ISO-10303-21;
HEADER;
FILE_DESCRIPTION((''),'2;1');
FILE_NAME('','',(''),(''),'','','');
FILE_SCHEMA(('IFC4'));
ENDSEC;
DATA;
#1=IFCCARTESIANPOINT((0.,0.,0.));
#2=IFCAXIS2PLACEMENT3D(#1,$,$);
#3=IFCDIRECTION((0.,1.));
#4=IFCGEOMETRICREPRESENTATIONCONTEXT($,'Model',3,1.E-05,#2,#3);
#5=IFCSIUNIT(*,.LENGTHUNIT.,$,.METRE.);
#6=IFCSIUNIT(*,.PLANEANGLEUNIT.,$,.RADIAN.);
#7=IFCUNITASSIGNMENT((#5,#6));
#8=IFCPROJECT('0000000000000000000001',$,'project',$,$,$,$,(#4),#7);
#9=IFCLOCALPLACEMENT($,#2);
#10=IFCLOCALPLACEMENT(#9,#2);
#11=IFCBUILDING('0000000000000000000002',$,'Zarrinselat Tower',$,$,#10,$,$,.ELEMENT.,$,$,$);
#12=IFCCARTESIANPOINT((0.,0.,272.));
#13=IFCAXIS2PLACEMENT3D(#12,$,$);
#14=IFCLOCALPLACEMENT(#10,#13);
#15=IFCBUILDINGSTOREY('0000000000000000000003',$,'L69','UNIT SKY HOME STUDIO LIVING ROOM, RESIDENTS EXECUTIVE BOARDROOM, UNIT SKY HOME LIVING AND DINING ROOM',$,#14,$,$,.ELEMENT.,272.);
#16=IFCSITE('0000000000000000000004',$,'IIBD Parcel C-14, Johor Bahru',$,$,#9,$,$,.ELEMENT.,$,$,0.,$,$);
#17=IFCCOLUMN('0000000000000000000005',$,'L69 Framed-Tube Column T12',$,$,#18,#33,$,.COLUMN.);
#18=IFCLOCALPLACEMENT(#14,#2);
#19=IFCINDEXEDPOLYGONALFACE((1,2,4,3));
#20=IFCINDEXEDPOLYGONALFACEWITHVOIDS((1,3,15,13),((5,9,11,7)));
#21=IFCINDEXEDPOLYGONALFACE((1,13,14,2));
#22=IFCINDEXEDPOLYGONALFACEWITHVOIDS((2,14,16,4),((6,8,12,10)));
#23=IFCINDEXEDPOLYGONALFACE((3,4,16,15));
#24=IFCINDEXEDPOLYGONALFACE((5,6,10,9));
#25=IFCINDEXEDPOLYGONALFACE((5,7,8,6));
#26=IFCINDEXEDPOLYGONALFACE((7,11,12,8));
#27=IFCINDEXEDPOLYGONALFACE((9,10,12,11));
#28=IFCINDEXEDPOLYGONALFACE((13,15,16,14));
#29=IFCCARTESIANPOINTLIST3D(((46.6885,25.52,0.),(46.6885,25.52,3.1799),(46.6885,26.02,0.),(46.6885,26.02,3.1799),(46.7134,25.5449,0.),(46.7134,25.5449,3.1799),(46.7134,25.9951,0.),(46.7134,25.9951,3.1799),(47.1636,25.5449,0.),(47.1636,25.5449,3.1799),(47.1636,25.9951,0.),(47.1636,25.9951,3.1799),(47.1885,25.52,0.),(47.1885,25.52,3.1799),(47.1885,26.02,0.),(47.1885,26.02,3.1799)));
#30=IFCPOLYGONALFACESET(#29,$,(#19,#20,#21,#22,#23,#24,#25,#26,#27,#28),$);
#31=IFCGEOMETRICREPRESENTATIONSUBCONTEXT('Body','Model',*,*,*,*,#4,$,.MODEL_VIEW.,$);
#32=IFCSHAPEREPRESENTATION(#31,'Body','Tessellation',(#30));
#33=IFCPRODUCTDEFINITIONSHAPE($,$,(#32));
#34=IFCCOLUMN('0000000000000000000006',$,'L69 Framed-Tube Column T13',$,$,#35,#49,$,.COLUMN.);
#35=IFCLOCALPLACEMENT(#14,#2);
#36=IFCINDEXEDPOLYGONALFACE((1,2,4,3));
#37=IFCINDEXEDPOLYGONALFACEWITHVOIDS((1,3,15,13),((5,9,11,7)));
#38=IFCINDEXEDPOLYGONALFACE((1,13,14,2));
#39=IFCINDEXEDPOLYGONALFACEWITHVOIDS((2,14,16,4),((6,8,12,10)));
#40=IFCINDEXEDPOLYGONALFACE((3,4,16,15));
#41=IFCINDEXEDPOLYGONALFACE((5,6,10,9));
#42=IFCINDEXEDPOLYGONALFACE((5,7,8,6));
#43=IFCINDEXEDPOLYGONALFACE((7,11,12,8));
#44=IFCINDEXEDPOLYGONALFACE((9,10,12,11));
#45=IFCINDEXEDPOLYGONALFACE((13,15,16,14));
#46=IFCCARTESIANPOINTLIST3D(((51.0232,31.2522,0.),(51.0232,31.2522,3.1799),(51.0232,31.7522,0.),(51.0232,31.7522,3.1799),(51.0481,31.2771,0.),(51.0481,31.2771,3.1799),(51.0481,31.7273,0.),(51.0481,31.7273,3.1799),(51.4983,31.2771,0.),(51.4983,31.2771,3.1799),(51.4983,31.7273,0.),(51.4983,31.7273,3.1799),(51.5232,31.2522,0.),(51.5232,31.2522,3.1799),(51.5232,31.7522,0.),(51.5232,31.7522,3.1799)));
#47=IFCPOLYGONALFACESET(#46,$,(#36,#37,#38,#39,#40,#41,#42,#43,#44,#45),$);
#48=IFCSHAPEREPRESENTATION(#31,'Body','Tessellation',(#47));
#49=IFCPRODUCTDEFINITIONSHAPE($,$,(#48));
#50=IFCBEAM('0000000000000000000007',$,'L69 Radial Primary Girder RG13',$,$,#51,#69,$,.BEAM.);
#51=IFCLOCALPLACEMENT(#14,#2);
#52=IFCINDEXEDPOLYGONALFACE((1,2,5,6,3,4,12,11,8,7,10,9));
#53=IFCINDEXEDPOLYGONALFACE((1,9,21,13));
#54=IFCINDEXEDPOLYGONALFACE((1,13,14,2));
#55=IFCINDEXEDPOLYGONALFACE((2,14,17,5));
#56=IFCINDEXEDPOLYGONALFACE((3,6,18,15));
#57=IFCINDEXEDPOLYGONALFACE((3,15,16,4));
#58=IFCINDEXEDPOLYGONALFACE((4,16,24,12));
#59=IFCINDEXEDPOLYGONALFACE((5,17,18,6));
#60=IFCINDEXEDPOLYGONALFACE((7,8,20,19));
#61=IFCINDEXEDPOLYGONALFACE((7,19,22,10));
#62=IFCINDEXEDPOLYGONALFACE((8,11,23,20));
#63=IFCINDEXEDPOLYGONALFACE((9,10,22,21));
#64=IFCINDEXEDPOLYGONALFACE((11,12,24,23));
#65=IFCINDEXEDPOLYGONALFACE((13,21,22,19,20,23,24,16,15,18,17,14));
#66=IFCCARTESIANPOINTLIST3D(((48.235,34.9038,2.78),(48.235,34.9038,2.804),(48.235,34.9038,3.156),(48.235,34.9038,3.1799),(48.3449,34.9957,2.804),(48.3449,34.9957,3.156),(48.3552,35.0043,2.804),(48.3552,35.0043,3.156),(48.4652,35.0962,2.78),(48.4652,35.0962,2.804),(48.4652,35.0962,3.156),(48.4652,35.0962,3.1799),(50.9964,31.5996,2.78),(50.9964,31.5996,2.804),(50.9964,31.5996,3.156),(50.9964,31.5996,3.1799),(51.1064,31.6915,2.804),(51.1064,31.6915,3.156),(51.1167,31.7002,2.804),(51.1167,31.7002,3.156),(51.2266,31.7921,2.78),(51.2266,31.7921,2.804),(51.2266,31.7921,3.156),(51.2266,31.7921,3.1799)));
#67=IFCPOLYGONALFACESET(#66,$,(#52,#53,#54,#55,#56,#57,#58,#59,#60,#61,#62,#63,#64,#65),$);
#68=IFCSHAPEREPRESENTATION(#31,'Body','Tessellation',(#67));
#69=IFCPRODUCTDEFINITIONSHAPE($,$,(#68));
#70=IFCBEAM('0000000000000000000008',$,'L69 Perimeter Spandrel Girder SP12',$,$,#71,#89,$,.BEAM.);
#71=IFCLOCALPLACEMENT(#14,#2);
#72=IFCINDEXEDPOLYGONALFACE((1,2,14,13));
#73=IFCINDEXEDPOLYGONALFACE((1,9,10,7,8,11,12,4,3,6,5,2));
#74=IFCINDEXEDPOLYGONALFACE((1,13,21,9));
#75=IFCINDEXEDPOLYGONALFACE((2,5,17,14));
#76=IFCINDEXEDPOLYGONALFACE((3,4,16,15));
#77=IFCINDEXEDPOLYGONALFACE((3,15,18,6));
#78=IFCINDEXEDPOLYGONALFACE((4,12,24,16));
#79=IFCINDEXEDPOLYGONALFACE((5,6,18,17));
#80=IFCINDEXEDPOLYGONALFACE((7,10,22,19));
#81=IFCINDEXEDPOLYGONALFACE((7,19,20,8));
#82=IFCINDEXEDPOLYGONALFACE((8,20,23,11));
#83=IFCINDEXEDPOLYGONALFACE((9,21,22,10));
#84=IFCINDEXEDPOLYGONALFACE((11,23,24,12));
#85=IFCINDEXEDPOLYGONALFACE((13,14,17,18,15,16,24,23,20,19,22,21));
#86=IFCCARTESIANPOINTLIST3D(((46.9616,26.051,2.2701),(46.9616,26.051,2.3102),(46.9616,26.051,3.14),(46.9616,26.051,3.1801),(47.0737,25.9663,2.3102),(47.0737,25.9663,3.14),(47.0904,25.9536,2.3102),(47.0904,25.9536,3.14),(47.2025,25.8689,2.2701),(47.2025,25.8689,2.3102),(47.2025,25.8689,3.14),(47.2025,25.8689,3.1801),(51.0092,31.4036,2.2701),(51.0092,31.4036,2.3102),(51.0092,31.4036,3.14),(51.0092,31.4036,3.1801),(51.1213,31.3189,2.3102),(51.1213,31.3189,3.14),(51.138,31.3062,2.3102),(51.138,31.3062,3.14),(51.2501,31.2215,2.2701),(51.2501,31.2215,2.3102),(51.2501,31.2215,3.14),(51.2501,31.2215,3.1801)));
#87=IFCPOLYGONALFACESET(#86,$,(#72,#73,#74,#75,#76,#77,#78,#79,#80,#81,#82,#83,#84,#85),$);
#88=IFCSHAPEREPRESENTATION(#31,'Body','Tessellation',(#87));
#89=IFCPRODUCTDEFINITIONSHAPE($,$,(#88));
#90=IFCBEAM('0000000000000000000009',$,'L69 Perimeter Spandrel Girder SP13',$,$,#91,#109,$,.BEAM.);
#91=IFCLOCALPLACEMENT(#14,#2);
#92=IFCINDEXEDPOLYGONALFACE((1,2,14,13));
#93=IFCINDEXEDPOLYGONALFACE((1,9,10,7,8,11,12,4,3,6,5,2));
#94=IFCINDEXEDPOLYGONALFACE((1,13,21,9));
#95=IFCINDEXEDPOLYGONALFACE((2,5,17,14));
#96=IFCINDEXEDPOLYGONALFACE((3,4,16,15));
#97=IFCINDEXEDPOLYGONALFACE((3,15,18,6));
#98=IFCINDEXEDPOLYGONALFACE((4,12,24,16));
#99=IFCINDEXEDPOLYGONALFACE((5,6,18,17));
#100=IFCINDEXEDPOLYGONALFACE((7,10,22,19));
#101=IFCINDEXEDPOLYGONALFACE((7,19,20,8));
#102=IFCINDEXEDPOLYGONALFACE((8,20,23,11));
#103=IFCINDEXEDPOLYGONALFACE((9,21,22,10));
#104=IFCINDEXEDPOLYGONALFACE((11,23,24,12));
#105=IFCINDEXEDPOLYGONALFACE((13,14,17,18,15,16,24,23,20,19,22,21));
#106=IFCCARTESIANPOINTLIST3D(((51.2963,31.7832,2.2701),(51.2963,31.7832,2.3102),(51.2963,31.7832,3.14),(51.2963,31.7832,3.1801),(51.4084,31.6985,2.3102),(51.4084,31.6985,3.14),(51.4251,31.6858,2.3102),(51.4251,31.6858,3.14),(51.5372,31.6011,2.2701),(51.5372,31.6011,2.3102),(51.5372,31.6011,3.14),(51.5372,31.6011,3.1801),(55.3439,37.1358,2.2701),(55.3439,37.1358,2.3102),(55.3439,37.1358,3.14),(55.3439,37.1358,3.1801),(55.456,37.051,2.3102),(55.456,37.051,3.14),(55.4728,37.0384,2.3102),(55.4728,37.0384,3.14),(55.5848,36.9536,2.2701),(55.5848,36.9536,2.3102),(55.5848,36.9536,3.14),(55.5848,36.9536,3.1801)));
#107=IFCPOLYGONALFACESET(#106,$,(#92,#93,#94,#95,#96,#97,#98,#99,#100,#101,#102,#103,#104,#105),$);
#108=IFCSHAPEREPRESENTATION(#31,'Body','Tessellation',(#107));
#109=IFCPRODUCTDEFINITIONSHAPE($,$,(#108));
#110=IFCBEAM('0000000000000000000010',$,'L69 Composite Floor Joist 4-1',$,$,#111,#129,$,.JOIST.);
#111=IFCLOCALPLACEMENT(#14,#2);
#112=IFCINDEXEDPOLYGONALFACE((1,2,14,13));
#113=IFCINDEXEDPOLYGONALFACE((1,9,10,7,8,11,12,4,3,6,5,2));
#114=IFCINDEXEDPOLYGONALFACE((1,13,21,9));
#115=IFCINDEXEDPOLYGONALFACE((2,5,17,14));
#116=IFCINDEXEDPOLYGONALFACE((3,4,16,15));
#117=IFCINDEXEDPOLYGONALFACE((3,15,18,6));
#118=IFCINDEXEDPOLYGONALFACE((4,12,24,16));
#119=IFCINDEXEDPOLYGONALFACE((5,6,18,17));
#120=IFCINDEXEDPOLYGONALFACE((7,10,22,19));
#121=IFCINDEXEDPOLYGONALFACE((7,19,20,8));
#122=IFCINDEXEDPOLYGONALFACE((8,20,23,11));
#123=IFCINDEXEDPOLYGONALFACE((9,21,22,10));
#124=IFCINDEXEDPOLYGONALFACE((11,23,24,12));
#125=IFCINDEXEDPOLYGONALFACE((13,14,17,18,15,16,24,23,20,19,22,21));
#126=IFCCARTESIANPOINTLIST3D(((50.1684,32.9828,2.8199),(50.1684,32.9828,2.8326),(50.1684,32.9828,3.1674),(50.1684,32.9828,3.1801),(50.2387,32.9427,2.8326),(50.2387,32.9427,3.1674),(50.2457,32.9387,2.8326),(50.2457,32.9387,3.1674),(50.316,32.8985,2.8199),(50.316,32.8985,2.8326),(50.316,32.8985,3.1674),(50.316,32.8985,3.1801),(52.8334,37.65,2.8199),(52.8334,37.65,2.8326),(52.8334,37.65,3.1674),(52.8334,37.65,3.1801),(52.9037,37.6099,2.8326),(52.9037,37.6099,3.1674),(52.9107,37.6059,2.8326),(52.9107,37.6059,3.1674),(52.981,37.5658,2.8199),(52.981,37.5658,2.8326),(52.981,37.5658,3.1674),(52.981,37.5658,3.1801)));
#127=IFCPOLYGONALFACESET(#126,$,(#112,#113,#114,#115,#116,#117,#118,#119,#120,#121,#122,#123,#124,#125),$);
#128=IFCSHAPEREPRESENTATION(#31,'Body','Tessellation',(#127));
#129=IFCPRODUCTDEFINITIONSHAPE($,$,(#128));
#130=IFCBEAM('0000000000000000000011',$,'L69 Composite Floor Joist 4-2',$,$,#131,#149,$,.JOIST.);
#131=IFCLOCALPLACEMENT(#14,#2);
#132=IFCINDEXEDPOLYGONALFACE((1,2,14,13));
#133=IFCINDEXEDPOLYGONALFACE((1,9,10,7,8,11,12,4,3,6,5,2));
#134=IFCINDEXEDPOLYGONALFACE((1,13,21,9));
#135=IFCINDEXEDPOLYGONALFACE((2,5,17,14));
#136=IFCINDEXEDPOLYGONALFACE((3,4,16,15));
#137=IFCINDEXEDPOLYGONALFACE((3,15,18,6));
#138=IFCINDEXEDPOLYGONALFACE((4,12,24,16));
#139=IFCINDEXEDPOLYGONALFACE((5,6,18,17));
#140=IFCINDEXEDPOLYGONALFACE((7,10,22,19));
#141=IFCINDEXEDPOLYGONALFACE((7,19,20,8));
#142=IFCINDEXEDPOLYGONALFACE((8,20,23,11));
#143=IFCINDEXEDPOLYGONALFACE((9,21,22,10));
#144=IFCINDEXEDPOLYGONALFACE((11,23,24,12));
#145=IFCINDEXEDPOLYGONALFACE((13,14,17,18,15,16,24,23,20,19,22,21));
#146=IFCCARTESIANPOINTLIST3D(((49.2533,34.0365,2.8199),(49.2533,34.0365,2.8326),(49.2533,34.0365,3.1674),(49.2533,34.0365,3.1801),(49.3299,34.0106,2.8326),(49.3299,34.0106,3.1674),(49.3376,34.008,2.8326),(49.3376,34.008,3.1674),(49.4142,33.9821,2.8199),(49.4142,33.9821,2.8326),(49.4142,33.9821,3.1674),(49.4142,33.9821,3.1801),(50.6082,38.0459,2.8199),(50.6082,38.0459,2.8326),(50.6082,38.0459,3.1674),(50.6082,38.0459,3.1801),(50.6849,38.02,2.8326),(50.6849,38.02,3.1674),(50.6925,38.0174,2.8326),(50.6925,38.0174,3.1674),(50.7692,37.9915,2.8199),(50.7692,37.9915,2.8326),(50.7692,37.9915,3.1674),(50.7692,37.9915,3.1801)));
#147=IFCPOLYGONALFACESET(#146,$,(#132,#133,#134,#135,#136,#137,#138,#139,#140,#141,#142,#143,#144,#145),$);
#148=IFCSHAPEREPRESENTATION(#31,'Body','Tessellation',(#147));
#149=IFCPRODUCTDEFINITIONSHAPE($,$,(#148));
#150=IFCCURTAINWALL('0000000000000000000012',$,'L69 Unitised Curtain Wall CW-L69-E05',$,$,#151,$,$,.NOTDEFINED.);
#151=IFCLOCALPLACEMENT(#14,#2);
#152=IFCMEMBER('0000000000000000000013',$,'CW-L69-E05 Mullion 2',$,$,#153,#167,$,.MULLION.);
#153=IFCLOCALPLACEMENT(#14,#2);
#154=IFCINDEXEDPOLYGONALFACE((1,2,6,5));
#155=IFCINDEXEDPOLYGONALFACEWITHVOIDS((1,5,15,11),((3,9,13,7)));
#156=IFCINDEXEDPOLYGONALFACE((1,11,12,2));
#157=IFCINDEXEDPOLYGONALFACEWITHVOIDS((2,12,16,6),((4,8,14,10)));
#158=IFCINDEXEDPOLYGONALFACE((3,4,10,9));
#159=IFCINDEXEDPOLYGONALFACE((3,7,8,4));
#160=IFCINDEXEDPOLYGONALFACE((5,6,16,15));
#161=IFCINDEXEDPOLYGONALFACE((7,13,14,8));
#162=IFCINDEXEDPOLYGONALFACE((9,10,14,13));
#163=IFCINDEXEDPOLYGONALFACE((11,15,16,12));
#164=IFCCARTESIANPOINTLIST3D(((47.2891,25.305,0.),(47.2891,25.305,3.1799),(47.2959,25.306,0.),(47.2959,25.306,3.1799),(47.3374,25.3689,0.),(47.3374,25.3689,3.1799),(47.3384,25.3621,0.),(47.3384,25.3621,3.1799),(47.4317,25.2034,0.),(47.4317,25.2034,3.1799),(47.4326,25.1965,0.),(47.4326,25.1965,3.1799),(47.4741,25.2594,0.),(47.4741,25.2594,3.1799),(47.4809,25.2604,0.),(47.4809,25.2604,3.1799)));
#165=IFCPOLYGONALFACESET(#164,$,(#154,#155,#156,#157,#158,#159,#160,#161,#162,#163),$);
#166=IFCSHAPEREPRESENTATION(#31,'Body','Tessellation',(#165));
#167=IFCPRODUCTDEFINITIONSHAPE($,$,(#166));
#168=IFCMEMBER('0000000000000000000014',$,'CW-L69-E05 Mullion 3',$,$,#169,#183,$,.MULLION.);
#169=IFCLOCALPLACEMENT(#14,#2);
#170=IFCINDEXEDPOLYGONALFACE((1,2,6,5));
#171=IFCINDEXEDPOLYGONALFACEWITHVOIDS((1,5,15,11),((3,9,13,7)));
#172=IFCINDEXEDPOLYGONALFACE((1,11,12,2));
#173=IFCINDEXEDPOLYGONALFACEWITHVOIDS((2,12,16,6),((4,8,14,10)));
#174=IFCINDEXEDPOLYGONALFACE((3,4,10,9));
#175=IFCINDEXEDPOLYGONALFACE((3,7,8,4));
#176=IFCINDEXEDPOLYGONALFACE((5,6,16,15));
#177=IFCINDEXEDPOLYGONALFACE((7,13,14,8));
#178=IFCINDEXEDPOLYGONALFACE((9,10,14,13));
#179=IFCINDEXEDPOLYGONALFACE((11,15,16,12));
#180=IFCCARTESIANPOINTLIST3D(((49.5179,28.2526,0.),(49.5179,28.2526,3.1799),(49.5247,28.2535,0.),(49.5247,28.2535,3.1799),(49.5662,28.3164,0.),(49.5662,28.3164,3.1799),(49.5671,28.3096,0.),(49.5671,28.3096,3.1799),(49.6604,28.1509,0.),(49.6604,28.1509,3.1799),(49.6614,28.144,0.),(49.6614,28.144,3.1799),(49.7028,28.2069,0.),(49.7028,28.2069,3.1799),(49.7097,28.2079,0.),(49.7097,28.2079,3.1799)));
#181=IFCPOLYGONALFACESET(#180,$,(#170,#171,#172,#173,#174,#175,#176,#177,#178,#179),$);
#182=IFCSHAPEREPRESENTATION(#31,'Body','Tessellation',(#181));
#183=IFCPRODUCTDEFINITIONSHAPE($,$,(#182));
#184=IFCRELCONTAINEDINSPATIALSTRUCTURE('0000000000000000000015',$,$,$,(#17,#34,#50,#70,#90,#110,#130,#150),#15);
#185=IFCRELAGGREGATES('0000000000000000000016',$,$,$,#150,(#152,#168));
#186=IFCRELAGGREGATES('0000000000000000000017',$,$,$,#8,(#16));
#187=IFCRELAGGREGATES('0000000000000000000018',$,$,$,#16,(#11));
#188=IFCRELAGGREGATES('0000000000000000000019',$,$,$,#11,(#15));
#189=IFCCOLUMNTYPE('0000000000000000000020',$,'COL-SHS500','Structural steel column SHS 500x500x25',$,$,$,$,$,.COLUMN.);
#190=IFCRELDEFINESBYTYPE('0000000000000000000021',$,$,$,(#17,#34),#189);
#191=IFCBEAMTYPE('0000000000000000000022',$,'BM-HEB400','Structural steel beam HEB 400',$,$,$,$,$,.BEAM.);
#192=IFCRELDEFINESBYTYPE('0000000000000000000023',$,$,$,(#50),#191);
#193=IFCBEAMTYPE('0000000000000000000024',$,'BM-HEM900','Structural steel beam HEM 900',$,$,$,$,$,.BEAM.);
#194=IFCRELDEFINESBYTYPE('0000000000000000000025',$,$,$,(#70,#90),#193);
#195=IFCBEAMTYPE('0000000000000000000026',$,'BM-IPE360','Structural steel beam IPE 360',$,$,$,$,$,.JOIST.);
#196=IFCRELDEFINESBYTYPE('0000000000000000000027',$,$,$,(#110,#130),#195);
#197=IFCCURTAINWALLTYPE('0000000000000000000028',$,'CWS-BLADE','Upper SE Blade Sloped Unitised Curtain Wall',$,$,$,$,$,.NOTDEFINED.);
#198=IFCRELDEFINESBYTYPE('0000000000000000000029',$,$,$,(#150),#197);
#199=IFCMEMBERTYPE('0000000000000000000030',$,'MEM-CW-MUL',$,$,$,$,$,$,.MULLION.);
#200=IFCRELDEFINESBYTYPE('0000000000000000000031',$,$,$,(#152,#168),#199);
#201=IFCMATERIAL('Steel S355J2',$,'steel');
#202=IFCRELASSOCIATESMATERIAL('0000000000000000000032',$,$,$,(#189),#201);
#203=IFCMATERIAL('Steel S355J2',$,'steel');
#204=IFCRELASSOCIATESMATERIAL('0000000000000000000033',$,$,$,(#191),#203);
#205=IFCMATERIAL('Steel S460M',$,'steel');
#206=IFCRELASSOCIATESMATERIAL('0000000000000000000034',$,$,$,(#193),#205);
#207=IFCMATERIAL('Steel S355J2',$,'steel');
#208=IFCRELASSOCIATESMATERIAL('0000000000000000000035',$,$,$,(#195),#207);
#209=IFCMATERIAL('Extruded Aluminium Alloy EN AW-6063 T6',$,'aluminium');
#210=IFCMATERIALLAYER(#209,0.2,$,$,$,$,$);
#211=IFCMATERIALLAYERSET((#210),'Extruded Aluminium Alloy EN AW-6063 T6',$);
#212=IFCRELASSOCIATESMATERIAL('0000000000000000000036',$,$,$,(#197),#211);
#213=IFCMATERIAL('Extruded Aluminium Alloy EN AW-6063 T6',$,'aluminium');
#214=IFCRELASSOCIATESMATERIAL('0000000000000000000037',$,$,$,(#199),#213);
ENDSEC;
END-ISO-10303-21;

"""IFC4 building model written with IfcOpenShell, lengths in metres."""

from ifc_helpers import new_model, si_unit, direction, frame, origin, origin_2d, place, context, subcontext, project, spatial, hollow_rectangle, i_section, extrude, material, layer, layer_set, material_profile, profile_set, type_object, element, aggregate, save


model = new_model("IFC4")

# Units and contexts
model_context = context("Model", 3, precision=1e-05, world=origin(), true_north=direction((0.0, 1.0)))
body_context = subcontext(model_context, "Body", "Model", "MODEL_VIEW")
ifc_project = project(units=[si_unit("LENGTHUNIT", "METRE"), si_unit("PLANEANGLEUNIT", "RADIAN")], contexts=[model_context])

# Site, building, storey
site_placement = place(None, origin())
site = spatial("IfcSite", under=ifc_project, at=site_placement, Name="IIBD Parcel C-14, Johor Bahru", CompositionType="ELEMENT", RefElevation=0.0)
building_placement = place(site_placement, origin())
building = spatial("IfcBuilding", under=site, at=building_placement, Name="Zarrinselat Tower", CompositionType="ELEMENT")
storey_placement = place(building_placement, frame((0.0, 0.0, 272.0)))
storey = spatial("IfcBuildingStorey", under=building, at=storey_placement, Name="L69", Description="UNIT SKY HOME STUDIO LIVING ROOM, RESIDENTS EXECUTIVE BOARDROOM, UNIT SKY HOME LIVING AND DINING ROOM", CompositionType="ELEMENT", Elevation=272.0)

# Columns
ifc_material_1 = material(Name="Steel S355J2", Category="steel")
ifc_material_profile_1 = material_profile(ifc_material_1, hollow_rectangle(XDim=0.5, YDim=0.5, WallThickness=0.0249, at=origin_2d()), Name="SHS 500x500x25")
ifc_profile_set_1 = profile_set([ifc_material_profile_1], Name="Steel S355J2")
column_type = type_object("IfcColumnType", Name="COL-SHS500", Description="Structural steel column SHS 500x500x25", PredefinedType="COLUMN", material=ifc_profile_set_1)
for number, where, z_axis, x_axis, name in (
    (1, (46.9385, 25.77, 0.0), (0.0, 0.0, 1.0), (1.0, 0.0, 0.0), "L69 Framed-Tube Column T12"),
    (2, (51.2732, 31.5022, 0.0), (0.0, 0.0, 1.0), (1.0, 0.0, 0.0), "L69 Framed-Tube Column T13"),
):
    element("IfcColumn", number, at=place(storey_placement, frame(where, z_axis=z_axis, x_axis=x_axis)), inside=storey, type_object=column_type, Name=name, PredefinedType="COLUMN", context=body_context, shape_type="SweptSolid", body=[
        extrude(hollow_rectangle(XDim=0.5, YDim=0.5, WallThickness=0.0249, at=origin_2d()), origin(), (0.0, 0.0, 1.0), 3.1799),
    ])

# Beams
ifc_material_2 = material(Name="Steel S355J2", Category="steel")
ifc_material_profile_2 = material_profile(ifc_material_2, i_section(OverallWidth=0.3, OverallDepth=0.3999, WebThickness=0.0134, FlangeThickness=0.0239, at=origin_2d()), Name="HEB 400")
ifc_profile_set_2 = profile_set([ifc_material_profile_2], Name="Steel S355J2")
beam_type_1 = type_object("IfcBeamType", Name="BM-HEB400", Description="Structural steel beam HEB 400", PredefinedType="BEAM", material=ifc_profile_set_2)
beam_1_placement = place(storey_placement, frame((48.3501, 35.0, 2.98), z_axis=(0.641277, -0.76731, 0.0), x_axis=(0.76731, 0.641277, 0.0)))
element("IfcBeam", 3, at=beam_1_placement, inside=storey, type_object=beam_type_1, Name="L69 Radial Primary Girder RG13", PredefinedType="BEAM", context=body_context, shape_type="SweptSolid", body=[
    extrude(i_section(OverallWidth=0.3, OverallDepth=0.3999, WebThickness=0.0134, FlangeThickness=0.0239, at=origin_2d()), origin(), (0.0, 0.0, 1.0), 4.3062),
])
ifc_material_3 = material(Name="Steel S460M", Category="steel")
ifc_material_profile_3 = material_profile(ifc_material_3, i_section(OverallWidth=0.302, OverallDepth=0.9099, WebThickness=0.021, FlangeThickness=0.04, at=origin_2d()), Name="HEM 900")
ifc_profile_set_3 = profile_set([ifc_material_profile_3], Name="Steel S460M")
beam_type_2 = type_object("IfcBeamType", Name="BM-HEM900", Description="Structural steel beam HEM 900", PredefinedType="BEAM", material=ifc_profile_set_3)
for number, where, z_axis, x_axis, name in (
    (4, (47.082, 25.96, 2.7251), (0.603162, 0.797619, 0.0), (-0.797619, 0.603162, 0.0), "L69 Perimeter Spandrel Girder SP12"),
    (5, (51.4167, 31.6921, 2.7251), (0.603162, 0.797619, 0.0), (-0.797619, 0.603162, 0.0), "L69 Perimeter Spandrel Girder SP13"),
):
    element("IfcBeam", number, at=place(storey_placement, frame(where, z_axis=z_axis, x_axis=x_axis)), inside=storey, type_object=beam_type_2, Name=name, PredefinedType="BEAM", context=body_context, shape_type="SweptSolid", body=[
        extrude(i_section(OverallWidth=0.302, OverallDepth=0.9099, WebThickness=0.021, FlangeThickness=0.04, at=origin_2d()), origin(), (0.0, 0.0, 1.0), 6.7107),
    ])
ifc_material_4 = material(Name="Steel S355J2", Category="steel")
ifc_material_profile_4 = material_profile(ifc_material_4, i_section(OverallWidth=0.1699, OverallDepth=0.3601, WebThickness=0.0081, FlangeThickness=0.0127, at=origin_2d()), Name="IPE 360")
ifc_profile_set_4 = profile_set([ifc_material_profile_4], Name="Steel S355J2")
beam_type_3 = type_object("IfcBeamType", Name="BM-IPE360", Description="Structural steel beam IPE 360", PredefinedType="JOIST", material=ifc_profile_set_4)
beam_2_placement = place(storey_placement, frame((50.2422, 32.9407, 3.0), z_axis=(0.495865, 0.8684, 0.0), x_axis=(-0.8684, 0.495865, 0.0)))
element("IfcBeam", 6, at=beam_2_placement, inside=storey, type_object=beam_type_3, Name="L69 Composite Floor Joist 4-1", PredefinedType="JOIST", context=body_context, shape_type="SweptSolid", body=[
    extrude(i_section(OverallWidth=0.1699, OverallDepth=0.3601, WebThickness=0.0081, FlangeThickness=0.0127, at=origin_2d()), origin(), (0.0, 0.0, 1.0), 5.3745),
])
beam_3_placement = place(storey_placement, frame((49.3337, 34.0093, 3.0), z_axis=(0.320153, 0.947366, 0.0), x_axis=(-0.947366, 0.320153, 0.0)))
element("IfcBeam", 7, at=beam_3_placement, inside=storey, type_object=beam_type_3, Name="L69 Composite Floor Joist 4-2", PredefinedType="JOIST", context=body_context, shape_type="SweptSolid", body=[
    extrude(i_section(OverallWidth=0.1699, OverallDepth=0.3601, WebThickness=0.0081, FlangeThickness=0.0127, at=origin_2d()), origin(), (0.0, 0.0, 1.0), 4.2322),
])

# Curtain wall, members
ifc_material_5 = material(Name="Extruded Aluminium Alloy EN AW-6063 T6", Category="aluminium")
ifc_layer_1 = layer(ifc_material_5, 0.2)
ifc_layer_set_1 = layer_set([ifc_layer_1], Name="Extruded Aluminium Alloy EN AW-6063 T6")
curtain_wall_type = type_object("IfcCurtainWallType", Name="CWS-BLADE", Description="Upper SE Blade Sloped Unitised Curtain Wall", PredefinedType="NOTDEFINED", material=ifc_layer_set_1)
curtain_wall_placement = place(storey_placement, origin())
curtain_wall = element("IfcCurtainWall", 8, at=curtain_wall_placement, inside=storey, type_object=curtain_wall_type, Name="L69 Unitised Curtain Wall CW-L69-E05", PredefinedType="NOTDEFINED")
ifc_material_6 = material(Name="Extruded Aluminium Alloy EN AW-6063 T6", Category="aluminium")
ifc_material_profile_5 = material_profile(ifc_material_6, hollow_rectangle(XDim=0.0801, YDim=0.1799, WallThickness=0.0049, at=origin_2d()), Name="RHS 180x80x5")
ifc_profile_set_5 = profile_set([ifc_material_profile_5], Name="Extruded Aluminium Alloy EN AW-6063 T6")
member_type_1 = type_object("IfcMemberType", Name="MEM-CW-MUL", PredefinedType="MULLION", material=ifc_profile_set_5)
member_1_placement = place(storey_placement, frame((47.385, 25.2827, 0.0), z_axis=(0.0, 0.0, 1.0), x_axis=(0.60317, 0.797613, 0.0)))
member_1 = element("IfcMember", 9, at=member_1_placement, type_object=member_type_1, Name="CW-L69-E05 Mullion 2", PredefinedType="MULLION", context=body_context, shape_type="SweptSolid", body=[
    extrude(hollow_rectangle(XDim=0.0801, YDim=0.1799, WallThickness=0.0049, at=origin_2d()), origin(), (0.0, 0.0, 1.0), 3.1799),
])
member_2_placement = place(storey_placement, frame((49.6138, 28.2302, 0.0), z_axis=(0.0, 0.0, 1.0), x_axis=(0.60317, 0.797613, 0.0)))
member_2 = element("IfcMember", 10, at=member_2_placement, type_object=member_type_1, Name="CW-L69-E05 Mullion 3", PredefinedType="MULLION", context=body_context, shape_type="SweptSolid", body=[
    extrude(hollow_rectangle(XDim=0.0801, YDim=0.1799, WallThickness=0.0049, at=origin_2d()), origin(), (0.0, 0.0, 1.0), 3.1799),
])
aggregate(curtain_wall, [member_1, member_2])

save(model, "model.ifc")
